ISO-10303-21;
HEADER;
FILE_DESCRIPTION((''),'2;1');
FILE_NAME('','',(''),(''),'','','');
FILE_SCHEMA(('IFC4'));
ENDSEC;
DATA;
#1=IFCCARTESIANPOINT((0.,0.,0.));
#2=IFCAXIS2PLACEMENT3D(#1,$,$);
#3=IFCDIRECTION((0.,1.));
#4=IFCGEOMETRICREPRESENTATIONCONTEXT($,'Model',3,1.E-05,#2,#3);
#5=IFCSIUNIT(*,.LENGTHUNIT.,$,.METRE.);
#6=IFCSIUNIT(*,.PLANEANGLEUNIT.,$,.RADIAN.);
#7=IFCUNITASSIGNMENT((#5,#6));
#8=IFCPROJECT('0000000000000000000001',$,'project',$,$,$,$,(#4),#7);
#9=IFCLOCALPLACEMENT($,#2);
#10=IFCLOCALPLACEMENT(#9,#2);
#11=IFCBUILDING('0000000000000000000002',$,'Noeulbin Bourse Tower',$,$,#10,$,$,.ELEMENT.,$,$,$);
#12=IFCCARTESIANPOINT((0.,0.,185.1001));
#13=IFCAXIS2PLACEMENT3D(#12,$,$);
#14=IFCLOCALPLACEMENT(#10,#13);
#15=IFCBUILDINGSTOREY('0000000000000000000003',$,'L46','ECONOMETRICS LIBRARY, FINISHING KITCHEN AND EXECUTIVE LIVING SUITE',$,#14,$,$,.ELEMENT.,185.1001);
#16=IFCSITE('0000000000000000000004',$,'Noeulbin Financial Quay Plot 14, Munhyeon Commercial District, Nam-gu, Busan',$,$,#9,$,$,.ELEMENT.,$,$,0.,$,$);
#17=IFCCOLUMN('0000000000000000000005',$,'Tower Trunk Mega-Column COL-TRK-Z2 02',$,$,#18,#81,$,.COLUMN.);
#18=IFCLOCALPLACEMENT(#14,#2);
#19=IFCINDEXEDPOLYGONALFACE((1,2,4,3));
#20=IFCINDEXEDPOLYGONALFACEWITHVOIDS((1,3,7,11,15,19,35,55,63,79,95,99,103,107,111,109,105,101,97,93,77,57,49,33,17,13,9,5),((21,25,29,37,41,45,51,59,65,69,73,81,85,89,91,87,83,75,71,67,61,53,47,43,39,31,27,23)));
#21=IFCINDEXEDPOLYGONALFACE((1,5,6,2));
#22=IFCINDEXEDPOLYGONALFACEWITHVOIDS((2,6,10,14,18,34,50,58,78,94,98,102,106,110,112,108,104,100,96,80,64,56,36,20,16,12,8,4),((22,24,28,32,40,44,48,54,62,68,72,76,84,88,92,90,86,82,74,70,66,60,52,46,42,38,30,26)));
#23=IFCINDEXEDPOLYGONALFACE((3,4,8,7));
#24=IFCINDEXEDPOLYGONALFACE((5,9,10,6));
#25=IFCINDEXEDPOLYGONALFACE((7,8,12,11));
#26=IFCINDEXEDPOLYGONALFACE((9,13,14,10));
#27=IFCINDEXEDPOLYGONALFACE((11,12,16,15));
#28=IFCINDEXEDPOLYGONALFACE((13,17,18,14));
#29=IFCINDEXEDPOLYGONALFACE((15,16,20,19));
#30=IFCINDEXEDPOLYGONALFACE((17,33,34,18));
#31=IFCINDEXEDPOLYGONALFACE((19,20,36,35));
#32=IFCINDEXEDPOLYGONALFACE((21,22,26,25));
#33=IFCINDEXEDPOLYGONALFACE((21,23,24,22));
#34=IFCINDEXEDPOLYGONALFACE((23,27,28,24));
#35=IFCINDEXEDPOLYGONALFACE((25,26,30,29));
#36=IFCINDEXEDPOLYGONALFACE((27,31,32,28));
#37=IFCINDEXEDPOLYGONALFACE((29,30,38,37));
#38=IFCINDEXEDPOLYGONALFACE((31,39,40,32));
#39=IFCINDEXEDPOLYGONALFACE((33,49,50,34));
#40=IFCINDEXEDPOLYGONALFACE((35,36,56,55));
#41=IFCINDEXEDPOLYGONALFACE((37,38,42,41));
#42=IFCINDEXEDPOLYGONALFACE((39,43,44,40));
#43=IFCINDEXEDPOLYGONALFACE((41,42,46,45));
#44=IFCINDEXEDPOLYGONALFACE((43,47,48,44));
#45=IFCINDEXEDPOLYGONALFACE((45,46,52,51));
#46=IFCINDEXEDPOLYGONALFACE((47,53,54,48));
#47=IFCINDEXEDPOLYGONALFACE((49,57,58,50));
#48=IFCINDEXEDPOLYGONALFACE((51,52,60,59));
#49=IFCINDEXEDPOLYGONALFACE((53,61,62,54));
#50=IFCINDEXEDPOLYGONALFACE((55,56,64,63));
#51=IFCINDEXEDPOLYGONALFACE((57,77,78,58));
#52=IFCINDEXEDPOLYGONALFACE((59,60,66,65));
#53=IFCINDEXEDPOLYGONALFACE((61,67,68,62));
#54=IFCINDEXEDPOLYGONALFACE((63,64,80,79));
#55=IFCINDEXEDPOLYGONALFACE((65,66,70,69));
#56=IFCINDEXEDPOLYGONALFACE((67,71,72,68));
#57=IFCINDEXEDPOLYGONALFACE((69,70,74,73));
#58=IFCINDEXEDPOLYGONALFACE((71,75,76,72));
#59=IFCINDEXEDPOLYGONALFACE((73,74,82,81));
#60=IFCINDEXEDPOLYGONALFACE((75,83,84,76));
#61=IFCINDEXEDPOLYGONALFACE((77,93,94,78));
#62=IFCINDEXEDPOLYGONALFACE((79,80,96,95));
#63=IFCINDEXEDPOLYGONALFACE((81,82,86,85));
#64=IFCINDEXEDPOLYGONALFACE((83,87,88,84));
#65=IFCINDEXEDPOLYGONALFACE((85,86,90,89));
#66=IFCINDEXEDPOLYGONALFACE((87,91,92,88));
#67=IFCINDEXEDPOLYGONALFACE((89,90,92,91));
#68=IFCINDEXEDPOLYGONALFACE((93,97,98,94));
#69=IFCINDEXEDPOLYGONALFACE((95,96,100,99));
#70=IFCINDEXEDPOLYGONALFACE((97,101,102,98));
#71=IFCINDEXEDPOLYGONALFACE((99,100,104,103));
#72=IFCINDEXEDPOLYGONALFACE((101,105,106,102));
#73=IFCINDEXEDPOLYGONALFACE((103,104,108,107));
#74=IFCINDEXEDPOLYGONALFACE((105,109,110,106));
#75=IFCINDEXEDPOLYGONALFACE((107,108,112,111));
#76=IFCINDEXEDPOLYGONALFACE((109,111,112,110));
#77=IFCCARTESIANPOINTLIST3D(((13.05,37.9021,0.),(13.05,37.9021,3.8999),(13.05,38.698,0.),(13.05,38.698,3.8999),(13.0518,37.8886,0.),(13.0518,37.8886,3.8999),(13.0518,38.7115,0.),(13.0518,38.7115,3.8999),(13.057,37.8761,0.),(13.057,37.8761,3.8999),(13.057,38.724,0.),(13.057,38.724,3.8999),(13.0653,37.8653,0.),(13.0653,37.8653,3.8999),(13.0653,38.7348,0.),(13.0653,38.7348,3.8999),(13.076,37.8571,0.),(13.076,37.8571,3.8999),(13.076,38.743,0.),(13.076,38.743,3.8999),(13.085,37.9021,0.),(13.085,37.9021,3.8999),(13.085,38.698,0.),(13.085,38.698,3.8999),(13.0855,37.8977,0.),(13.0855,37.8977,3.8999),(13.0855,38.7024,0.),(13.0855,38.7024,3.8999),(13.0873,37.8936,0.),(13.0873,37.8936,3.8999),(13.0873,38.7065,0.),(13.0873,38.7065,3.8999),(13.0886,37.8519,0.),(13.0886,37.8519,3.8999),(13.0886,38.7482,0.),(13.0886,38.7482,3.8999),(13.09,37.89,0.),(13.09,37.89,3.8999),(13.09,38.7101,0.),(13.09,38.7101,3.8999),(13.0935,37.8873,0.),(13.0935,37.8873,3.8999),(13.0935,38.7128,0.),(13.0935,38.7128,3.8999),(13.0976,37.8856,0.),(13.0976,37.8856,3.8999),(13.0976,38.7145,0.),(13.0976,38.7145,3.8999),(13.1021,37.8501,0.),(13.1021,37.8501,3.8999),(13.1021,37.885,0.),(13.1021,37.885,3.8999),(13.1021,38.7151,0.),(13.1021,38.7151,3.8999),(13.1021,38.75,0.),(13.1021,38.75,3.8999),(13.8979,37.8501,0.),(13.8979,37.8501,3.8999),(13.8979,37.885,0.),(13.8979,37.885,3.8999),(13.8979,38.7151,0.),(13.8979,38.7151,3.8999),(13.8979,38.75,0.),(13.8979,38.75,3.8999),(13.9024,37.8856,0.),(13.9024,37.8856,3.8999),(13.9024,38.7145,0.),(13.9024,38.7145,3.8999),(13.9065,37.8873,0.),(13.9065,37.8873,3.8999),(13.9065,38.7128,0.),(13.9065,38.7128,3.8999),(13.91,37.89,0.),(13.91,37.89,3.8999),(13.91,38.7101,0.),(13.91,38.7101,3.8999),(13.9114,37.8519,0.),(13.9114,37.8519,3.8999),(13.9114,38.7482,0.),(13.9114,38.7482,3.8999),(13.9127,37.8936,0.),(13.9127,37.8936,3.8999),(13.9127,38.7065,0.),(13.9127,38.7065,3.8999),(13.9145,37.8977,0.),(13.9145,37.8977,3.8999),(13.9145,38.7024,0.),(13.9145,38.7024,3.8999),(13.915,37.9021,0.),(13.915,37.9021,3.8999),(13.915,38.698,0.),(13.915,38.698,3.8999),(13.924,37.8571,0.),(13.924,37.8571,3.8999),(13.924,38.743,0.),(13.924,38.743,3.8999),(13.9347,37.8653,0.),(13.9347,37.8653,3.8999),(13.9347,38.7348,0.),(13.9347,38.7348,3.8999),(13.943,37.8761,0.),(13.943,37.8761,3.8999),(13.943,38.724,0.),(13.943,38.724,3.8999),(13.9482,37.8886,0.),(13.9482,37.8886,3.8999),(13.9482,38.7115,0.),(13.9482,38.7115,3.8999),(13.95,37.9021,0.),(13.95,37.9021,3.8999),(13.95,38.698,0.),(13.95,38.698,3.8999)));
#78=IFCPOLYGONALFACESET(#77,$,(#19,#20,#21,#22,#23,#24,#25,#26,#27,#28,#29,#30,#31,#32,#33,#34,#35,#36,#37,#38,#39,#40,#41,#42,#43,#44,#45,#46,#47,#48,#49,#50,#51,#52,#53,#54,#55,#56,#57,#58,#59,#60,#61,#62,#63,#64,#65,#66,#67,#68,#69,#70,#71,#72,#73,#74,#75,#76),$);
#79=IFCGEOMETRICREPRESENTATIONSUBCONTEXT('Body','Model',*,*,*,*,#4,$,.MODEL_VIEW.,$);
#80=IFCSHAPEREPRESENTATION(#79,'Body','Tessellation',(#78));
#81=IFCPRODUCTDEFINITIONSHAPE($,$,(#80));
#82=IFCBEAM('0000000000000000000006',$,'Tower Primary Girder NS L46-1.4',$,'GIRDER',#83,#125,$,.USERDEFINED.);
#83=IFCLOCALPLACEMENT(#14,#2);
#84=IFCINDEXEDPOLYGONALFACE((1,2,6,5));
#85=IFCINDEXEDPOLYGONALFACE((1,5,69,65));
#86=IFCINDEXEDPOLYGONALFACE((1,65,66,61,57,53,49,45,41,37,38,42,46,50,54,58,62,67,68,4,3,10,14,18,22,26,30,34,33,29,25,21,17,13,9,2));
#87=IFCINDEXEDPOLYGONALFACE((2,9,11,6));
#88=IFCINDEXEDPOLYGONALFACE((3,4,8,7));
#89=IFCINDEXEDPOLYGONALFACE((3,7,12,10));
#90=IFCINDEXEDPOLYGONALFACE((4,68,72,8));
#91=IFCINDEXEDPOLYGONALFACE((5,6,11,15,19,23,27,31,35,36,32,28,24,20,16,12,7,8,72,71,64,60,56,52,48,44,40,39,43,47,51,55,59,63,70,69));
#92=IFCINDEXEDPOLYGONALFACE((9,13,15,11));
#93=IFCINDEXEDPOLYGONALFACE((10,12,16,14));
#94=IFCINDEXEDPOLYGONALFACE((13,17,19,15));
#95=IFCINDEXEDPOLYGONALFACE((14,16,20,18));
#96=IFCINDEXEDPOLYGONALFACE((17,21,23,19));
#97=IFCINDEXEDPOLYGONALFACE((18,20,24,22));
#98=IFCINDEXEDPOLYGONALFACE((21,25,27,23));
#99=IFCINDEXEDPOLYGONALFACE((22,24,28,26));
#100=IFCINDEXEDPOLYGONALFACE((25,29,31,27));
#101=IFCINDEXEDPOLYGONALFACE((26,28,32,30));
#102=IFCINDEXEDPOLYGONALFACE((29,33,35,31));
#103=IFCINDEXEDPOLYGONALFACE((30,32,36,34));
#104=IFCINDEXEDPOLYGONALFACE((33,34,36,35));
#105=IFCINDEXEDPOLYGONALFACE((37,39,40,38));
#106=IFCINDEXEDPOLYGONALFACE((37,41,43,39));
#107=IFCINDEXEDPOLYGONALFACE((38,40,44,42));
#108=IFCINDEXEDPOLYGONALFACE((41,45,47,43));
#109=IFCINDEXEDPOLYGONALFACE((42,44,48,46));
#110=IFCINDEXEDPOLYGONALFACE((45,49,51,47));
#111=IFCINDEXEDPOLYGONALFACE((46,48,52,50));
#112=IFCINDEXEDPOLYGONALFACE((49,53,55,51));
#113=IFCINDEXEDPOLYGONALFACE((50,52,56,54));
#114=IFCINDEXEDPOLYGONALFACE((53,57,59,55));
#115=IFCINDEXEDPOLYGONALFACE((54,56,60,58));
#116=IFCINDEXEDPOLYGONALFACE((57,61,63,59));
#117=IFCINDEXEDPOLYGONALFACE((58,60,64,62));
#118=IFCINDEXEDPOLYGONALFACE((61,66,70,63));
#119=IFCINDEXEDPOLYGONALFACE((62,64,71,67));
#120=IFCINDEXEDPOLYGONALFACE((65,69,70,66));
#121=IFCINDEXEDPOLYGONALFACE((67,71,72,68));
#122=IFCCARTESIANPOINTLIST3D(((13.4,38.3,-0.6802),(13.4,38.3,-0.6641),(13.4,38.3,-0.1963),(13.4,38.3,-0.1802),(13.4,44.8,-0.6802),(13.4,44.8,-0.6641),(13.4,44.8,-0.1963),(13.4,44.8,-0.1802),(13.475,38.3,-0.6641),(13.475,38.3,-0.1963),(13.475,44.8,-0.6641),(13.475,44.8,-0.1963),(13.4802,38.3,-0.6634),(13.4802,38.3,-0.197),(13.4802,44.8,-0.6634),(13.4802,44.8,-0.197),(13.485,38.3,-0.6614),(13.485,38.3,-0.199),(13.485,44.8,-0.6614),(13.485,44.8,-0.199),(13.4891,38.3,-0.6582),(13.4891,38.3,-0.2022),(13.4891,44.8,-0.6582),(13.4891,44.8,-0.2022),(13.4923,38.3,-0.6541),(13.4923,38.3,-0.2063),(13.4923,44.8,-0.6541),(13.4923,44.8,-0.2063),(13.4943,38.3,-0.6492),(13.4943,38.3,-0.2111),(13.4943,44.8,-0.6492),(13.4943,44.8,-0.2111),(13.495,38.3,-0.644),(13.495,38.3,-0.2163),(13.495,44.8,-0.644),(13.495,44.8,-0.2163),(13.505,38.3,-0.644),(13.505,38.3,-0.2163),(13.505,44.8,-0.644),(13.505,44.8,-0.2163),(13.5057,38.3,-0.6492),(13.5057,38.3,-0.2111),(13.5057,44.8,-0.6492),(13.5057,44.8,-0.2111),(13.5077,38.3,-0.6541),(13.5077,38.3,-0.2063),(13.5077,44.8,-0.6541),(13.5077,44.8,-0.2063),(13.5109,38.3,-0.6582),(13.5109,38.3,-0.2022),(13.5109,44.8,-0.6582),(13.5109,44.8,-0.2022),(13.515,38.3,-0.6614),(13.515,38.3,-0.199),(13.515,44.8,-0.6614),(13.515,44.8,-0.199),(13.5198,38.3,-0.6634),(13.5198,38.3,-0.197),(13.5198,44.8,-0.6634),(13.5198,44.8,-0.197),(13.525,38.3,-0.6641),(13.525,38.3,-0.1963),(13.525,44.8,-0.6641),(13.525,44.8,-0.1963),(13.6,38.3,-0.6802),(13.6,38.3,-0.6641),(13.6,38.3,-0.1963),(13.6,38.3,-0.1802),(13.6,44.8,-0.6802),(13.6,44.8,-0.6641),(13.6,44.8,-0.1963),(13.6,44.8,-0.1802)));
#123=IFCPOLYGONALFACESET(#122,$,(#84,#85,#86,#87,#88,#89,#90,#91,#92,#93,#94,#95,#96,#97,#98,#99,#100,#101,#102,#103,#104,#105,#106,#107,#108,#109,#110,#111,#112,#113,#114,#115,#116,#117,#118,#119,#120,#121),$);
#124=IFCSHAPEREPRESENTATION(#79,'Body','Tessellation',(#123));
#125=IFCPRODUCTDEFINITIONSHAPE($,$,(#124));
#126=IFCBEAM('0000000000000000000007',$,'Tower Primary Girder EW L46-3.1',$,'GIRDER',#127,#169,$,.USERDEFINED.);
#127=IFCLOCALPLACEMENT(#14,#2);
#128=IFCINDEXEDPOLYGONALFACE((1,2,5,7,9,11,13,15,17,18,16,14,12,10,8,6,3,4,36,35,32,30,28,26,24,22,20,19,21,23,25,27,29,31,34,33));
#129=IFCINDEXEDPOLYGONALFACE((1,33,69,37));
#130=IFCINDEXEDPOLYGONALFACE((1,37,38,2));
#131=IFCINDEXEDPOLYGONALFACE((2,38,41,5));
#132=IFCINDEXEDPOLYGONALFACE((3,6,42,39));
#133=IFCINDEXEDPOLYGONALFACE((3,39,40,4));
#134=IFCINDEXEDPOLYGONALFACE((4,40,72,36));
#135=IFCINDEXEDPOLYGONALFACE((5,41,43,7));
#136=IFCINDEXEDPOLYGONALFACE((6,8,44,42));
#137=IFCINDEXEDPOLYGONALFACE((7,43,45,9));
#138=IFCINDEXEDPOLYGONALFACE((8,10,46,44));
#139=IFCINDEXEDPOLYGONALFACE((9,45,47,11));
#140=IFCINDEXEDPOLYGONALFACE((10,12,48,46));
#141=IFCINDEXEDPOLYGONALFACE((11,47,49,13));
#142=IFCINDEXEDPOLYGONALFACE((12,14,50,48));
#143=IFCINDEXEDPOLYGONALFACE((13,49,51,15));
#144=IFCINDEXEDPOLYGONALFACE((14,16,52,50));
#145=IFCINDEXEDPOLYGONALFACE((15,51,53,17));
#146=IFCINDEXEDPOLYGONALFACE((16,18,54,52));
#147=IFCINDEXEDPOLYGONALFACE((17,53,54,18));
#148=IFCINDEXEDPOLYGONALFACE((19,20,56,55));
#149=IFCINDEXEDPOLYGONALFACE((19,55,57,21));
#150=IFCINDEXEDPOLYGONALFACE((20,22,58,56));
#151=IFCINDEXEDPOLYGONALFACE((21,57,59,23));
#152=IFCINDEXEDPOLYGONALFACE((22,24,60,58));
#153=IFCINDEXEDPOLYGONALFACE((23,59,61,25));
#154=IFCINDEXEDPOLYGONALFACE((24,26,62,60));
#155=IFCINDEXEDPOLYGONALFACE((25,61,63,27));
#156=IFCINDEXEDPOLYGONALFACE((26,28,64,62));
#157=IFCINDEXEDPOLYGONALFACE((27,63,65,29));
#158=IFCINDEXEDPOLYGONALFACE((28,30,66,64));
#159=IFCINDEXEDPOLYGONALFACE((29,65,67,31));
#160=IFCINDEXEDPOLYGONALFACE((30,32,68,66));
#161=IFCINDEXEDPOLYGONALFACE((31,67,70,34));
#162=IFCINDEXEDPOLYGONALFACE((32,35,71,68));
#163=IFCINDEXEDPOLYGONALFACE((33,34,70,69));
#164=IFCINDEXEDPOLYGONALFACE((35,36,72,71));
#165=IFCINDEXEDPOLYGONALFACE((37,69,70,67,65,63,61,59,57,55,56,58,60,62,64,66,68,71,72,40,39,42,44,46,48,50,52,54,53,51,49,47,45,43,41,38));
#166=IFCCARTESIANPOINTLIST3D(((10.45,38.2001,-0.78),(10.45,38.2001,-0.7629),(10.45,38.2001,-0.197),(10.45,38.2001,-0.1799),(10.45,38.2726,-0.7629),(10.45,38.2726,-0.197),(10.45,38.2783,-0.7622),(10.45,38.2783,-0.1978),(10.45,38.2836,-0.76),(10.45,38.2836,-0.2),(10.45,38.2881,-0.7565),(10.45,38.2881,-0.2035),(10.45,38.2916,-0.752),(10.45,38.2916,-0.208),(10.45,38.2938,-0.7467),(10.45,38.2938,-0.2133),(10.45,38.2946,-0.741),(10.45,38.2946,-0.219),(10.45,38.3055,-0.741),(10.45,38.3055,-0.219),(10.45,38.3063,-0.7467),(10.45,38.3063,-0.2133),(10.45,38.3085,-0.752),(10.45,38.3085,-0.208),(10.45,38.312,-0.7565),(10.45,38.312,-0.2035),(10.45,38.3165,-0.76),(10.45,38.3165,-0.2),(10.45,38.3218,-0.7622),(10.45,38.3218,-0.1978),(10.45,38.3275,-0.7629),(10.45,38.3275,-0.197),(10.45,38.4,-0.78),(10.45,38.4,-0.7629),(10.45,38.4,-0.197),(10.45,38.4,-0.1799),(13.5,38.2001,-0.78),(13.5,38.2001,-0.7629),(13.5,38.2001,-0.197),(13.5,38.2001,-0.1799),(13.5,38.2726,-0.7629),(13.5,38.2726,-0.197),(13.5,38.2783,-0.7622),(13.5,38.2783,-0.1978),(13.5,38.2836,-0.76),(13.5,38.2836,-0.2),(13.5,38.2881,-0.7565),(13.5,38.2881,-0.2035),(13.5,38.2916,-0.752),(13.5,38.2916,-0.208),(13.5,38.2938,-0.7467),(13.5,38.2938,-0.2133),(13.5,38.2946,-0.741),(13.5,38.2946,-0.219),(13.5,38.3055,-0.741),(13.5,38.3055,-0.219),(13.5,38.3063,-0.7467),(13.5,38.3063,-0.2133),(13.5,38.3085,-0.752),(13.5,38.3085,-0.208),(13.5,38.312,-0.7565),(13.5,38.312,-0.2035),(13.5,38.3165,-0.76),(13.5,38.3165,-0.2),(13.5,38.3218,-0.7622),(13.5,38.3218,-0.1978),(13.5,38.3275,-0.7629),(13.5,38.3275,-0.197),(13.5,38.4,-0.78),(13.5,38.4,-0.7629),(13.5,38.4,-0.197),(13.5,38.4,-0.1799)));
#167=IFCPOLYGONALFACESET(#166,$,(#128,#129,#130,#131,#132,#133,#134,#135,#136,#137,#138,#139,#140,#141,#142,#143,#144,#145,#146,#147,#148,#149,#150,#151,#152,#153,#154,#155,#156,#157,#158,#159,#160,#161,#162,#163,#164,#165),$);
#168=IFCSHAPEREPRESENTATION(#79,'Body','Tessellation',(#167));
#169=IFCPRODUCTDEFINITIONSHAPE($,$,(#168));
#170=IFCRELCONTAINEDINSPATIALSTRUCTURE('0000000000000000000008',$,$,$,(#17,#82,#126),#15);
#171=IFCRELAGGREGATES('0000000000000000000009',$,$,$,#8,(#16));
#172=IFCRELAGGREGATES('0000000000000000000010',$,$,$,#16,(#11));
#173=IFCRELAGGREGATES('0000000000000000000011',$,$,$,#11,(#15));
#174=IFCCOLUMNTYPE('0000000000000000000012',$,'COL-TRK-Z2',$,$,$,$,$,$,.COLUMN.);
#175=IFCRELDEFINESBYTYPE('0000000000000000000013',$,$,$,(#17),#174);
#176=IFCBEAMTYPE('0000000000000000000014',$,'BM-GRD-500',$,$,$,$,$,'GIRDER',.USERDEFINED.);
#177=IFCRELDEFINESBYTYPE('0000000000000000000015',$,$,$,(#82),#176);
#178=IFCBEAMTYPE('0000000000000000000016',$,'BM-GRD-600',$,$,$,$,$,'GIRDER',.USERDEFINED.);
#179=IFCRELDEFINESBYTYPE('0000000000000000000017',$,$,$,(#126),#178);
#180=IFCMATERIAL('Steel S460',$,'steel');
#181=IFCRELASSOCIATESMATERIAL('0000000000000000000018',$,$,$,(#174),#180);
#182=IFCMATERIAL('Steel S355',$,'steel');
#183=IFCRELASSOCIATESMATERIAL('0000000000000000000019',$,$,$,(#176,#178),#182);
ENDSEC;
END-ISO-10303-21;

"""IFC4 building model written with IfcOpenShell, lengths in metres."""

from ifc_helpers import new_model, si_unit, direction, frame, origin, origin_2d, place, context, subcontext, project, spatial, hollow_rectangle, i_section, extrude, material, material_profile, profile_set, type_object, element, save


model = new_model("IFC4")

# Units and contexts
model_context = context("Model", 3, precision=1e-05, world=origin(), true_north=direction((0.0, 1.0)))
body_context = subcontext(model_context, "Body", "Model", "MODEL_VIEW")
ifc_project = project(units=[si_unit("LENGTHUNIT", "METRE"), si_unit("PLANEANGLEUNIT", "RADIAN")], contexts=[model_context])

# Site, building, storey
site_placement = place(None, origin())
site = spatial("IfcSite", under=ifc_project, at=site_placement, Name="Noeulbin Financial Quay Plot 14, Munhyeon Commercial District, Nam-gu, Busan", CompositionType="ELEMENT", RefElevation=0.0)
building_placement = place(site_placement, origin())
building = spatial("IfcBuilding", under=site, at=building_placement, Name="Noeulbin Bourse Tower", CompositionType="ELEMENT")
storey_placement = place(building_placement, frame((0.0, 0.0, 185.1001)))
storey = spatial("IfcBuildingStorey", under=building, at=storey_placement, Name="L46", Description="ECONOMETRICS LIBRARY, FINISHING KITCHEN AND EXECUTIVE LIVING SUITE", CompositionType="ELEMENT", Elevation=185.1001)

# Column
ifc_material_1 = material(Name="Steel S355", Category="steel")
ifc_material_2 = material(Name="Steel S460", Category="steel")
ifc_material_profile_1 = material_profile(ifc_material_2, hollow_rectangle(XDim=0.8999, YDim=0.8999, WallThickness=0.0349, InnerFilletRadius=0.0171, OuterFilletRadius=0.052, at=origin_2d()), Name="BOX-900x900x35", Category="LoadBearing")
ifc_profile_set_1 = profile_set([ifc_material_profile_1], Name="Steel S460")
column_type_1 = type_object("IfcColumnType", Name="COL-TRK-Z2", PredefinedType="COLUMN", material=ifc_profile_set_1)
column_placement = place(storey_placement, frame((13.5, 38.3, 0.0), z_axis=(0.0, 0.0, 1.0), x_axis=(1.0, 0.0, 0.0)))
element("IfcColumn", 1, at=column_placement, inside=storey, type_object=column_type_1, Name="Tower Trunk Mega-Column COL-TRK-Z2 02", PredefinedType="COLUMN", context=body_context, shape_type="SweptSolid", body=[
    extrude(hollow_rectangle(XDim=0.8999, YDim=0.8999, WallThickness=0.0349, InnerFilletRadius=0.0171, OuterFilletRadius=0.052, at=origin_2d()), origin(), (0.0, 0.0, 1.0), 3.8999),
])

# Beams
ifc_material_profile_2 = material_profile(ifc_material_1, i_section(OverallWidth=0.2, OverallDepth=0.5, WebThickness=0.01, FlangeThickness=0.0161, FilletRadius=0.02, at=origin_2d()), Name="H-500x200x10x16", Category="LoadBearing")
ifc_profile_set_2 = profile_set([ifc_material_profile_2], Name="Steel S355")
beam_type_1 = type_object("IfcBeamType", Name="BM-GRD-500", ElementType="GIRDER", PredefinedType="USERDEFINED", material=ifc_profile_set_2)
beam_1_placement = place(storey_placement, frame((13.5, 38.3, -0.4302), z_axis=(0.0, 1.0, 0.0), x_axis=(-1.0, 0.0, 0.0)))
element("IfcBeam", 2, at=beam_1_placement, inside=storey, type_object=beam_type_1, Name="Tower Primary Girder NS L46-1.4", ObjectType="GIRDER", PredefinedType="USERDEFINED", context=body_context, shape_type="SweptSolid", body=[
    extrude(i_section(OverallWidth=0.2, OverallDepth=0.5, WebThickness=0.01, FlangeThickness=0.0161, FilletRadius=0.02, at=origin_2d()), origin(), (0.0, 0.0, 1.0), 6.5),
])
ifc_material_profile_3 = material_profile(ifc_material_1, i_section(OverallWidth=0.2, OverallDepth=0.6001, WebThickness=0.011, FlangeThickness=0.0171, FilletRadius=0.022, at=origin_2d()), Name="H-600x200x11x17", Category="LoadBearing")
ifc_profile_set_3 = profile_set([ifc_material_profile_3], Name="Steel S355")
beam_type_2 = type_object("IfcBeamType", Name="BM-GRD-600", ElementType="GIRDER", PredefinedType="USERDEFINED", material=ifc_profile_set_3)
beam_2_placement = place(storey_placement, frame((10.45, 38.3, -0.48), z_axis=(1.0, 0.0, 0.0), x_axis=(0.0, 1.0, 0.0)))
element("IfcBeam", 3, at=beam_2_placement, inside=storey, type_object=beam_type_2, Name="Tower Primary Girder EW L46-3.1", ObjectType="GIRDER", PredefinedType="USERDEFINED", context=body_context, shape_type="SweptSolid", body=[
    extrude(i_section(OverallWidth=0.2, OverallDepth=0.6001, WebThickness=0.011, FlangeThickness=0.0171, FilletRadius=0.022, at=origin_2d()), origin(), (0.0, 0.0, 1.0), 3.05),
])

save(model, "model.ifc")
